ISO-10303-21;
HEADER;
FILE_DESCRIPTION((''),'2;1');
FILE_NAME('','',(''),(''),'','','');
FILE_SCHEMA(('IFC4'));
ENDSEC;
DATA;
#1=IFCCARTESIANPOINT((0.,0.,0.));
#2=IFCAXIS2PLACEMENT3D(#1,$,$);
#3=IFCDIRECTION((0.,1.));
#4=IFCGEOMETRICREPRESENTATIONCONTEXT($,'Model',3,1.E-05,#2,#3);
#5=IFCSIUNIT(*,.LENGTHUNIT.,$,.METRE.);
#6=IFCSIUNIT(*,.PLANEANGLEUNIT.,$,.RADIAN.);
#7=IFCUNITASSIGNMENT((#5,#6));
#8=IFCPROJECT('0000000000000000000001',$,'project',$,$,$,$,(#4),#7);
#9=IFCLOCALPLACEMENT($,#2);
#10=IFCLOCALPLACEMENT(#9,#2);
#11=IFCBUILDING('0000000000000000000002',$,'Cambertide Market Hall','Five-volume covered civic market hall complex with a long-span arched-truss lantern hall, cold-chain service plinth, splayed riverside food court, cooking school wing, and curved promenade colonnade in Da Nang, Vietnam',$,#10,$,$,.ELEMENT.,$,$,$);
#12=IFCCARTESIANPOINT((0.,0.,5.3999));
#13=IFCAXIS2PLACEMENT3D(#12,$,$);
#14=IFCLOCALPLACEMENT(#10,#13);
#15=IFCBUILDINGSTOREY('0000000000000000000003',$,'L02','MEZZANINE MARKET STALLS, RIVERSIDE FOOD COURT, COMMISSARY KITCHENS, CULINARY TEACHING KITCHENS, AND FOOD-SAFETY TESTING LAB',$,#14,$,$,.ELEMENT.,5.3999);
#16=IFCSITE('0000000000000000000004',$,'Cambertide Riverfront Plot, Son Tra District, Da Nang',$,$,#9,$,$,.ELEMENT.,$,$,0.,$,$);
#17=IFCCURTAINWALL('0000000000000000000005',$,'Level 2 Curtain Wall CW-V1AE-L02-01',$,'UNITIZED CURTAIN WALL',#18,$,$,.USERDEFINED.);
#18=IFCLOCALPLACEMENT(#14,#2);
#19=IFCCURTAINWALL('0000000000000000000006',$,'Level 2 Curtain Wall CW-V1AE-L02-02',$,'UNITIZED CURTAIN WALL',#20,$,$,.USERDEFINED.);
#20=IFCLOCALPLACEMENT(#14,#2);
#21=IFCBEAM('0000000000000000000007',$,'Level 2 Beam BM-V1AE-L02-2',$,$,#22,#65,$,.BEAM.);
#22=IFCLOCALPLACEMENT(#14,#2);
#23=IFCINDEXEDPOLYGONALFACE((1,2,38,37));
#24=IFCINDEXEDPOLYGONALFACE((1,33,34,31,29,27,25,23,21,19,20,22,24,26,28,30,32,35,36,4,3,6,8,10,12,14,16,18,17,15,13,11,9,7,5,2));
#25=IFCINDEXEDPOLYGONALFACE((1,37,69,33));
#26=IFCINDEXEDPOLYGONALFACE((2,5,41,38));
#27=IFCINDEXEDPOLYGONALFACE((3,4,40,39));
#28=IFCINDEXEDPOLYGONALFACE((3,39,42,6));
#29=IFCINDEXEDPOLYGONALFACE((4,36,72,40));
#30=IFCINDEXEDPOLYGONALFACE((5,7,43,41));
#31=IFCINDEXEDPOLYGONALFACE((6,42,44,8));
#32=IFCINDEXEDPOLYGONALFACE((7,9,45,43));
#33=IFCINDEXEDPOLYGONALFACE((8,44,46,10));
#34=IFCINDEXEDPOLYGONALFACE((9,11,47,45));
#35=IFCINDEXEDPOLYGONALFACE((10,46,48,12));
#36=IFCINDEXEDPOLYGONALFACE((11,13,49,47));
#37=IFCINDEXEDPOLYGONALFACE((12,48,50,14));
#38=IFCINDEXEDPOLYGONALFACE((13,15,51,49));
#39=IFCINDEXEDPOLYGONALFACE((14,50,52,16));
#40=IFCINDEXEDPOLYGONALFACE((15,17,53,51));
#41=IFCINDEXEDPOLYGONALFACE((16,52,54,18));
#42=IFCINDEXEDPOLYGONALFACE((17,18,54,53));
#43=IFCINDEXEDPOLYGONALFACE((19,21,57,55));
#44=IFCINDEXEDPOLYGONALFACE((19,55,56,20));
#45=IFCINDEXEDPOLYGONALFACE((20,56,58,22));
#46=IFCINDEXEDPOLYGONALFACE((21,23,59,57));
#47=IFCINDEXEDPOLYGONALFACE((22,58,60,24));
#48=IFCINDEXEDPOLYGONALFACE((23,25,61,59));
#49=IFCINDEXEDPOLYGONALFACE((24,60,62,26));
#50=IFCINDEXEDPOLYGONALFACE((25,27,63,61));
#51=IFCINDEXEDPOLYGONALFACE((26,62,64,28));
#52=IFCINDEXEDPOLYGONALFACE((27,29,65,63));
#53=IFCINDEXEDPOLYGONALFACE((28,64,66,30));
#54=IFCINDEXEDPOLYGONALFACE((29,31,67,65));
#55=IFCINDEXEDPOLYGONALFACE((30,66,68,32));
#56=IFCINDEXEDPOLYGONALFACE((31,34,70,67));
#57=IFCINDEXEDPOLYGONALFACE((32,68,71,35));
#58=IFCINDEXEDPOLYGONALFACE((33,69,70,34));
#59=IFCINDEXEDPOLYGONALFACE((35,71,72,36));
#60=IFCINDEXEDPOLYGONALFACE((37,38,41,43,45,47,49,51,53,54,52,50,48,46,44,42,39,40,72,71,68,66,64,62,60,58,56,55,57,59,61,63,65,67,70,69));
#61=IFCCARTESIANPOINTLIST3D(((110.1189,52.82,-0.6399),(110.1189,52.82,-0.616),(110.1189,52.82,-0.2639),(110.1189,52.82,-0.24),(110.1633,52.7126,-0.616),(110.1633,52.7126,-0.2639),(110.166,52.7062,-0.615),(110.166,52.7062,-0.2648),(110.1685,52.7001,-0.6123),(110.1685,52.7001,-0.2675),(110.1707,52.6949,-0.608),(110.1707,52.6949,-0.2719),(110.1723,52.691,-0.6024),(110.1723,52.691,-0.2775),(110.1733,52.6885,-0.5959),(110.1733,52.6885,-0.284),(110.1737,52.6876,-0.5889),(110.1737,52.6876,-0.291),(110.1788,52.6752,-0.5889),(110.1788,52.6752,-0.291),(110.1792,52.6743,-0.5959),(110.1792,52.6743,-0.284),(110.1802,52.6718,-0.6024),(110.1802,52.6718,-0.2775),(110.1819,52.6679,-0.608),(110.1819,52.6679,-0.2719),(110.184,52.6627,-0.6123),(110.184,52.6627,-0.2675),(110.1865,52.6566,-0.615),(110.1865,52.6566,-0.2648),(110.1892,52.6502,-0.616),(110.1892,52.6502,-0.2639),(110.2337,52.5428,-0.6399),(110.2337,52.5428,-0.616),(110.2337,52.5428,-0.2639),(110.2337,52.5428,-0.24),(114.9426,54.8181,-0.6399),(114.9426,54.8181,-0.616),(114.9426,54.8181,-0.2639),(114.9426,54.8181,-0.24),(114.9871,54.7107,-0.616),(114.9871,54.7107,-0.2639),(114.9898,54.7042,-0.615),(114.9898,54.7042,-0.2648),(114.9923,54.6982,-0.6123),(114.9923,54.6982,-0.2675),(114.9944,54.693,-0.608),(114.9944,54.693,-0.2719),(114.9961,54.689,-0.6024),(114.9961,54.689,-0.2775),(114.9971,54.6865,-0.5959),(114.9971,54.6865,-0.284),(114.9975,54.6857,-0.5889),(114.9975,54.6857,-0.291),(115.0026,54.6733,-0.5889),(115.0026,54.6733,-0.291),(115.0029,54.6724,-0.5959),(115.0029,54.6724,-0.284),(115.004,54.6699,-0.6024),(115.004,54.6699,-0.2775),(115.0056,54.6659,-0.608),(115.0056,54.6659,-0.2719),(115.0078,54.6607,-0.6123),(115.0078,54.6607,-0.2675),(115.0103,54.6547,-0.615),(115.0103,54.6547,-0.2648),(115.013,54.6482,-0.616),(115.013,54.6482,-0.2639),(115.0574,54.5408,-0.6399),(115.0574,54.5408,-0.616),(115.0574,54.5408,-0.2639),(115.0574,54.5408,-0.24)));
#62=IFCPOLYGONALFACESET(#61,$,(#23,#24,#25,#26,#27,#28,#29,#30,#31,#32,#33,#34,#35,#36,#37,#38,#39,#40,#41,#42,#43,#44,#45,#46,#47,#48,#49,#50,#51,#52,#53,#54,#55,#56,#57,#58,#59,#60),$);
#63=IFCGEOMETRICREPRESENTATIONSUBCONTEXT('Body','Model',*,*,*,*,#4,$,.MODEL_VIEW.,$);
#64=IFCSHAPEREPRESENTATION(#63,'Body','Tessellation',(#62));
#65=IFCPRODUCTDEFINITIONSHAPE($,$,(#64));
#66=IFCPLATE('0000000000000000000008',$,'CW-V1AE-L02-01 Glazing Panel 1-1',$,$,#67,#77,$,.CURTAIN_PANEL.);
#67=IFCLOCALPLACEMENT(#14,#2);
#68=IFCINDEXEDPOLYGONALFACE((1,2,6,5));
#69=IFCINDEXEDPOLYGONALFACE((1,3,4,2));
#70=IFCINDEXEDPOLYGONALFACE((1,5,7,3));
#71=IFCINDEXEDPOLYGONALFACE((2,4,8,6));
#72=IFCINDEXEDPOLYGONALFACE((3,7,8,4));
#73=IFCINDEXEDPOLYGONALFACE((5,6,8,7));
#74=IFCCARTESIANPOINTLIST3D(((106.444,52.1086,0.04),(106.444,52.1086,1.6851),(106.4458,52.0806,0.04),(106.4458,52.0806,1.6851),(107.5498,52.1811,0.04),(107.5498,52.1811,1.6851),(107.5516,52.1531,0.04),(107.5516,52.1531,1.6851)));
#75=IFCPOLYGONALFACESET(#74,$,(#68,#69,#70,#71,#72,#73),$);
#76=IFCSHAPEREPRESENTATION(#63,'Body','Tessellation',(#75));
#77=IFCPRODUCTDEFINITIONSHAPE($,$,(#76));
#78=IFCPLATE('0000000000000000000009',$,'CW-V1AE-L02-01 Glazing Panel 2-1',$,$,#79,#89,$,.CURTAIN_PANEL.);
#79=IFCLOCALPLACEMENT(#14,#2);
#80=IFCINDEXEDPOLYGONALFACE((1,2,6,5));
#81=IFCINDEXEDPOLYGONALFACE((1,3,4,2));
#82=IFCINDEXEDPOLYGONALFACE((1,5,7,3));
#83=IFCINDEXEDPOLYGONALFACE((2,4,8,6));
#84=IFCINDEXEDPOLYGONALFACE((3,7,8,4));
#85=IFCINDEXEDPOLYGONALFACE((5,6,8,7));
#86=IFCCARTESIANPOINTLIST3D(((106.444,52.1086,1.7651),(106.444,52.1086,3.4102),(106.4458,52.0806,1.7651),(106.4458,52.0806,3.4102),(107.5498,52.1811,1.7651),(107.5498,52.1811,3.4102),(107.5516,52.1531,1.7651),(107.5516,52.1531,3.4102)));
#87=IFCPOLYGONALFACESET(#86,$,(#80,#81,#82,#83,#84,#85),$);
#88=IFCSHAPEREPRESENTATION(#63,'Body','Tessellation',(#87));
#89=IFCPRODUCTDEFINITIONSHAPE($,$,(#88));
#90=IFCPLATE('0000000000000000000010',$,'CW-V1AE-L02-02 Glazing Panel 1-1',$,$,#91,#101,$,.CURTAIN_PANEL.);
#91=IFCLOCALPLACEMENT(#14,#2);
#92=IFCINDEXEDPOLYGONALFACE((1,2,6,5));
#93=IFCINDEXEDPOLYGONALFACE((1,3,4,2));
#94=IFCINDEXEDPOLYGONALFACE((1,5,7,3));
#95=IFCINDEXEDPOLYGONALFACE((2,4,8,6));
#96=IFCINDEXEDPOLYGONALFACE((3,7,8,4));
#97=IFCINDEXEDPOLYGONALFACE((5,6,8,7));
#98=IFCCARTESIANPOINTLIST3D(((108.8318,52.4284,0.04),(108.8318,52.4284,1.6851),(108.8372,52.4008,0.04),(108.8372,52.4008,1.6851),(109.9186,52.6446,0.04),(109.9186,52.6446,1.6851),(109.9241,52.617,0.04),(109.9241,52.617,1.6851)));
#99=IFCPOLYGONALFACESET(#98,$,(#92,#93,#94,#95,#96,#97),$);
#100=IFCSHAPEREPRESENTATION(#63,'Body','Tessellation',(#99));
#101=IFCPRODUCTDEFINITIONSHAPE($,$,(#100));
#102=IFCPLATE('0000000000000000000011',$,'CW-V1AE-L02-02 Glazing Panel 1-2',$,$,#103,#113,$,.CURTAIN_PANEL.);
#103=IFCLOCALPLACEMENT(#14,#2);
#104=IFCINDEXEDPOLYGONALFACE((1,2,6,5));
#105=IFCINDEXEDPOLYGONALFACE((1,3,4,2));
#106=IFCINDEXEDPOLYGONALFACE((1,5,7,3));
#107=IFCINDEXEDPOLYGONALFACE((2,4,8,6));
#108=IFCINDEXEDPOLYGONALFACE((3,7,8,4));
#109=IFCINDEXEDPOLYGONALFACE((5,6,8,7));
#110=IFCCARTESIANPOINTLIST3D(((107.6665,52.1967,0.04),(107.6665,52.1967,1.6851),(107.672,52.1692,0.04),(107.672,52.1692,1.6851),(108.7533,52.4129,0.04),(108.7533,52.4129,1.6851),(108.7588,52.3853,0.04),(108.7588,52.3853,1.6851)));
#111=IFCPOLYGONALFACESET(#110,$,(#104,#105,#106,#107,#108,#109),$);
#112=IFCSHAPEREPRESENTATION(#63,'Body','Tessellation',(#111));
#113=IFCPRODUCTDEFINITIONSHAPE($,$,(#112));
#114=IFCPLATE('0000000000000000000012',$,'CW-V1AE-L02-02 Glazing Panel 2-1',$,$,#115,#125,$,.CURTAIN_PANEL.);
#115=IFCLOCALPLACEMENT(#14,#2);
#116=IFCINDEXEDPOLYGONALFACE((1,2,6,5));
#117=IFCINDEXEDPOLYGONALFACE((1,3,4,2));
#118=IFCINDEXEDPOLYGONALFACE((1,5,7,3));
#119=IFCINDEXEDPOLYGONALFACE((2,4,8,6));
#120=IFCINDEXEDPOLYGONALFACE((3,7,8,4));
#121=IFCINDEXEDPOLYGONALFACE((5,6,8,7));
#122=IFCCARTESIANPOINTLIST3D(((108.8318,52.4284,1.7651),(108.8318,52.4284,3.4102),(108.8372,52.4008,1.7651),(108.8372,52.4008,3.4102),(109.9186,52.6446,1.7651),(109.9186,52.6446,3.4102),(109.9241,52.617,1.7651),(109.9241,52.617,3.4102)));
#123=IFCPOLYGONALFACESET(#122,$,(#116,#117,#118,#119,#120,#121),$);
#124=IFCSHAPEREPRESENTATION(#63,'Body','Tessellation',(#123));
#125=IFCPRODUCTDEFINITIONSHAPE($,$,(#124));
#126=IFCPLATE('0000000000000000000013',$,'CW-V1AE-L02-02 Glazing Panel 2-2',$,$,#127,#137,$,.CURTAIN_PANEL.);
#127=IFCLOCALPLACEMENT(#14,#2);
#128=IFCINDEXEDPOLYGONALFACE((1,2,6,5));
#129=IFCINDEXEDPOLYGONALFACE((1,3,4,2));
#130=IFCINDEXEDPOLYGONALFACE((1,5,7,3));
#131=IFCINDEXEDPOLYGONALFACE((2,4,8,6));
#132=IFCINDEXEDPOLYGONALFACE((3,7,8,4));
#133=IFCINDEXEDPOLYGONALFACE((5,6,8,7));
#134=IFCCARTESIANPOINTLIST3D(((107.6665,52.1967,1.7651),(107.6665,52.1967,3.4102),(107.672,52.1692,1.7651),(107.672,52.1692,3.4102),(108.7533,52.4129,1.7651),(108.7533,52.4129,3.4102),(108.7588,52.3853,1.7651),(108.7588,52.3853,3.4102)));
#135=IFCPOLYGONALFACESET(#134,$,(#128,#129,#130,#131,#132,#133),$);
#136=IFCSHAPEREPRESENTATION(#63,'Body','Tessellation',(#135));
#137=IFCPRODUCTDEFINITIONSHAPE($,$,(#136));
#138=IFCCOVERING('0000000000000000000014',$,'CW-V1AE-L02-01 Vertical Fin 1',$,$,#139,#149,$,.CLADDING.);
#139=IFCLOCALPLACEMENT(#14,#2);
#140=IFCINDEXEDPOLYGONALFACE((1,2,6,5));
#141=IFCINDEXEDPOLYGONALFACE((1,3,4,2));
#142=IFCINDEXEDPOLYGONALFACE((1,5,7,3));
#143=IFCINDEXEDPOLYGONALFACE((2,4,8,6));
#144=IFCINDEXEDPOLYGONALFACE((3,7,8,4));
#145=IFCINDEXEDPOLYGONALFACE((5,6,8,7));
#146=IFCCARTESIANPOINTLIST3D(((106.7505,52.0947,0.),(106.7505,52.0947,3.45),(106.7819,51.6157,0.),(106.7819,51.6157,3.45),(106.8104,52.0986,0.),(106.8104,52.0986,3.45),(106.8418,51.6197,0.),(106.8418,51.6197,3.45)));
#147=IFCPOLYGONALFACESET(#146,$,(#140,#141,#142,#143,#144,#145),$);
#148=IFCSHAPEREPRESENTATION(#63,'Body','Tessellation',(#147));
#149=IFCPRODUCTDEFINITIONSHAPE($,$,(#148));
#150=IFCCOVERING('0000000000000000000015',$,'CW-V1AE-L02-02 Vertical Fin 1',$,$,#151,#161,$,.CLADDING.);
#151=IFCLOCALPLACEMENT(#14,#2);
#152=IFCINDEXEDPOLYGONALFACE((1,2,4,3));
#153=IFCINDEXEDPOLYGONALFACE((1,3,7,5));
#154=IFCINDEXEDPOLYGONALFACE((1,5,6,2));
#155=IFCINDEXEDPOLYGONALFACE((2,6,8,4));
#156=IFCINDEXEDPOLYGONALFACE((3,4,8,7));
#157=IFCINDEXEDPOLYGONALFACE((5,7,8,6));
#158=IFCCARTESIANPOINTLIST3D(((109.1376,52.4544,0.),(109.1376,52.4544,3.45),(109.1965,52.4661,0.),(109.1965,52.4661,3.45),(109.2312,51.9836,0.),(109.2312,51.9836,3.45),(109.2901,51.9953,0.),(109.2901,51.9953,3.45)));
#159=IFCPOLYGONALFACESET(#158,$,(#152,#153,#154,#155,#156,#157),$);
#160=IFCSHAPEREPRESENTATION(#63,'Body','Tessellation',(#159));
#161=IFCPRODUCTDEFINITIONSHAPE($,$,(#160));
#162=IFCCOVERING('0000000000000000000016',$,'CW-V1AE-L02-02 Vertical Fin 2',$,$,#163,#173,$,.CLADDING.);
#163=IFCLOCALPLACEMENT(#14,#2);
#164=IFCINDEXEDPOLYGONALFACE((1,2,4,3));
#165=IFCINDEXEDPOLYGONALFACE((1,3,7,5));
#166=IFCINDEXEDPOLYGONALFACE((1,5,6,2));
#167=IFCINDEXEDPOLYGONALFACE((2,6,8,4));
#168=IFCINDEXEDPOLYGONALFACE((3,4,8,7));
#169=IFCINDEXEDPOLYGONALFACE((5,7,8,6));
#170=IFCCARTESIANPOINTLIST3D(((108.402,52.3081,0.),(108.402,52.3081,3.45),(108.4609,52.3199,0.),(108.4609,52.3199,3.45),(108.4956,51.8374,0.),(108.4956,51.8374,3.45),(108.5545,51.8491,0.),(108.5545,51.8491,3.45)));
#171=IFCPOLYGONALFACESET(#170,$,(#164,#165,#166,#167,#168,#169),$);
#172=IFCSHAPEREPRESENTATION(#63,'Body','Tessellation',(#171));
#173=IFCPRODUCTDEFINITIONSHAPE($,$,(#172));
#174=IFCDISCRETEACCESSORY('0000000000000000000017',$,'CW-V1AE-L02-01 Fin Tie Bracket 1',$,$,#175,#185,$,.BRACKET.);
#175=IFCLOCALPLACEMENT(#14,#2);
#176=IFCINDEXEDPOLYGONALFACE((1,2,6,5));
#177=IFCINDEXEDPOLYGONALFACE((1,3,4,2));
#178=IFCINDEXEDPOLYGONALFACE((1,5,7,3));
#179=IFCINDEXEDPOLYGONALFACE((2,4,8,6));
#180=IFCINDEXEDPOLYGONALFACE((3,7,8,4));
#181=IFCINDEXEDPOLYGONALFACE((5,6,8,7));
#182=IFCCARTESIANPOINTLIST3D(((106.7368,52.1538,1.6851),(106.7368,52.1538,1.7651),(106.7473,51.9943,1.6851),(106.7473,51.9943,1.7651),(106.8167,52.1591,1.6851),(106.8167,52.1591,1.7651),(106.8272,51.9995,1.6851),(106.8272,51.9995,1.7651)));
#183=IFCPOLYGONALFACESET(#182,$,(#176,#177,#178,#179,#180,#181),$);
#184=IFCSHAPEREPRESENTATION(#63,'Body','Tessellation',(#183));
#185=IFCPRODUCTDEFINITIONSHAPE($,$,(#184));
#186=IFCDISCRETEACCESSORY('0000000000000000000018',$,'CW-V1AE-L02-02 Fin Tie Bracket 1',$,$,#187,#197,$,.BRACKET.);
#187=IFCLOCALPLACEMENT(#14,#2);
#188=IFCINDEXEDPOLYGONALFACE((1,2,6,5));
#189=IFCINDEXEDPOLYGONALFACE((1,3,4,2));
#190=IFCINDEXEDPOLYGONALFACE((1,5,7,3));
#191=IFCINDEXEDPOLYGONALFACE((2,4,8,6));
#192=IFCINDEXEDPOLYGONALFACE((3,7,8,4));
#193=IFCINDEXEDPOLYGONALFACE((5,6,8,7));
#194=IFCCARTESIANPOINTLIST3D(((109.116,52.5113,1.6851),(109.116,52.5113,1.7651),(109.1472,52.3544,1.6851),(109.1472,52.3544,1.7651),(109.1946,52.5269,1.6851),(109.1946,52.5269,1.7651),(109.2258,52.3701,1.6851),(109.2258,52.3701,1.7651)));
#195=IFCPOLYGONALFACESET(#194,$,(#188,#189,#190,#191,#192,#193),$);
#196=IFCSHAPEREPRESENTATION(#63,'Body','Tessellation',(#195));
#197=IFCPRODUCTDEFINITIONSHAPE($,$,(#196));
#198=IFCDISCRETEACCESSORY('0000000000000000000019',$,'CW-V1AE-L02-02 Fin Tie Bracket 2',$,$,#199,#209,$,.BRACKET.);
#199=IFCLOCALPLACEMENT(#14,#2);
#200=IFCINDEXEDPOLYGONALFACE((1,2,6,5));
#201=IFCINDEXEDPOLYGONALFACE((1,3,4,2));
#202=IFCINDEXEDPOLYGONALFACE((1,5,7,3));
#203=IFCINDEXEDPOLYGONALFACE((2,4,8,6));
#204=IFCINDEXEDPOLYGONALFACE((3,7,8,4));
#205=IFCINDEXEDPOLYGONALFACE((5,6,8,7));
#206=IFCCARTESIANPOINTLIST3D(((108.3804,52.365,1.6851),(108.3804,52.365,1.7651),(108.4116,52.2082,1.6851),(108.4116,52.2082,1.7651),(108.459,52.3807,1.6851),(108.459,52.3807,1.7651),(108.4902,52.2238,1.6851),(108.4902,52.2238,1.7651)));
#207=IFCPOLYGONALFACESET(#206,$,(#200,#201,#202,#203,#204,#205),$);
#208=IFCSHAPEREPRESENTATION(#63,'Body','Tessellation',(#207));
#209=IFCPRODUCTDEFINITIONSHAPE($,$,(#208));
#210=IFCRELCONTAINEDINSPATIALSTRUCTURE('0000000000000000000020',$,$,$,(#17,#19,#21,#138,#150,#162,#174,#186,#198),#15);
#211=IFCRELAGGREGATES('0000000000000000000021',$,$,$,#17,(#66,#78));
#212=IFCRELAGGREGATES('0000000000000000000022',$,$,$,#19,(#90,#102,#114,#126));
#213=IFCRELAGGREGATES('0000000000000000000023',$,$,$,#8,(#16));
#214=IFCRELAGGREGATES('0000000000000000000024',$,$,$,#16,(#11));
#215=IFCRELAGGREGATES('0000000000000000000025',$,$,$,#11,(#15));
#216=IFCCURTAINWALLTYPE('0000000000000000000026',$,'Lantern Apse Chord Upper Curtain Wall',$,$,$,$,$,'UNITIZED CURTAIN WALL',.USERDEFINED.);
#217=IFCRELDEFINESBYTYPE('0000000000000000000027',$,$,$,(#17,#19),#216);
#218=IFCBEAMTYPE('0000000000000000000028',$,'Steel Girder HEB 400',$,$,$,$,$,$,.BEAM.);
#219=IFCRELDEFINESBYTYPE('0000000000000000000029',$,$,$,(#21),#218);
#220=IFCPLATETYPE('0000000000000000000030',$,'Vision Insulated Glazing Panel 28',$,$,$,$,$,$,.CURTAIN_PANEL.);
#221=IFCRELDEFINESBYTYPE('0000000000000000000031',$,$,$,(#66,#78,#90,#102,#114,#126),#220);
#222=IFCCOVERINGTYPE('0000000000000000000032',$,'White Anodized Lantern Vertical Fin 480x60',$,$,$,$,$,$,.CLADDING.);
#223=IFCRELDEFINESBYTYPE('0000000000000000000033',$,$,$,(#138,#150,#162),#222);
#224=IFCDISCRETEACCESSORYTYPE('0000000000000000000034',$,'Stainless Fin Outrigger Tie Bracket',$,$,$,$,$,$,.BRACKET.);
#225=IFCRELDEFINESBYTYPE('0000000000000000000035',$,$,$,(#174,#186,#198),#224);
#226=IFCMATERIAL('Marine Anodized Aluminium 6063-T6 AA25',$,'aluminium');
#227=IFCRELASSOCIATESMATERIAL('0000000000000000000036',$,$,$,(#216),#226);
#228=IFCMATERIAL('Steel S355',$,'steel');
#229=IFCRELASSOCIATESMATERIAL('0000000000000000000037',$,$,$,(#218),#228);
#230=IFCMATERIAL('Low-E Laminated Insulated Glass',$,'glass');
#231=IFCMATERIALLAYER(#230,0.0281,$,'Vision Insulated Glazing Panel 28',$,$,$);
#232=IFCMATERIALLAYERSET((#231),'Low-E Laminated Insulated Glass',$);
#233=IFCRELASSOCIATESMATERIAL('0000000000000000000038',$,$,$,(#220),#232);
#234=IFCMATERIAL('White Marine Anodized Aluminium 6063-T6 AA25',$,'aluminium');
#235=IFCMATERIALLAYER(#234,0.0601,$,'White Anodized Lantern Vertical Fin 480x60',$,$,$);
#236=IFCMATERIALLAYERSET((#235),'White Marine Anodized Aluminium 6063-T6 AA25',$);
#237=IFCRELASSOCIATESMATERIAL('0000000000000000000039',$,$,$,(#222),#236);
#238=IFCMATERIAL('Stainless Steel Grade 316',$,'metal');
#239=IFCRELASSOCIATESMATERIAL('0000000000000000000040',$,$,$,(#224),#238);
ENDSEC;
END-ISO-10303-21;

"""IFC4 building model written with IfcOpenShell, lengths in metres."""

from ifc_helpers import new_model, si_unit, direction, frame, origin, origin_2d, place, context, subcontext, project, spatial, rectangle, i_section, extrude, material, layer, layer_set, material_profile, profile_set, type_object, element, aggregate, save


model = new_model("IFC4")

# Units and contexts
model_context = context("Model", 3, precision=1e-05, world=origin(), true_north=direction((0.0, 1.0)))
body_context = subcontext(model_context, "Body", "Model", "MODEL_VIEW")
ifc_project = project(units=[si_unit("LENGTHUNIT", "METRE"), si_unit("PLANEANGLEUNIT", "RADIAN")], contexts=[model_context])

# Site, building, storey
site_placement = place(None, origin())
site = spatial("IfcSite", under=ifc_project, at=site_placement, Name="Cambertide Riverfront Plot, Son Tra District, Da Nang", CompositionType="ELEMENT", RefElevation=0.0)
building_placement = place(site_placement, origin())
building = spatial("IfcBuilding", under=site, at=building_placement, Name="Cambertide Market Hall", Description="Five-volume covered civic market hall complex with a long-span arched-truss lantern hall, cold-chain service plinth, splayed riverside food court, cooking school wing, and curved promenade colonnade in Da Nang, Vietnam", CompositionType="ELEMENT")
storey_placement = place(building_placement, frame((0.0, 0.0, 5.3999)))
storey = spatial("IfcBuildingStorey", under=building, at=storey_placement, Name="L02", Description="MEZZANINE MARKET STALLS, RIVERSIDE FOOD COURT, COMMISSARY KITCHENS, CULINARY TEACHING KITCHENS, AND FOOD-SAFETY TESTING LAB", CompositionType="ELEMENT", Elevation=5.3999)

# Curtain wall
ifc_material_1 = material(Name="Marine Anodized Aluminium 6063-T6 AA25", Category="aluminium")
curtain_wall_type = type_object("IfcCurtainWallType", Name="Lantern Apse Chord Upper Curtain Wall", ElementType="UNITIZED CURTAIN WALL", PredefinedType="USERDEFINED", material=ifc_material_1)
curtain_wall_1_placement = place(storey_placement, origin())
curtain_wall_1 = element("IfcCurtainWall", 1, at=curtain_wall_1_placement, inside=storey, type_object=curtain_wall_type, Name="Level 2 Curtain Wall CW-V1AE-L02-01", ObjectType="UNITIZED CURTAIN WALL", PredefinedType="USERDEFINED")

# Curtain wall
curtain_wall_2_placement = place(storey_placement, origin())
curtain_wall_2 = element("IfcCurtainWall", 2, at=curtain_wall_2_placement, inside=storey, type_object=curtain_wall_type, Name="Level 2 Curtain Wall CW-V1AE-L02-02", ObjectType="UNITIZED CURTAIN WALL", PredefinedType="USERDEFINED")

# Beam
ifc_material_2 = material(Name="Steel S355", Category="steel")
ifc_material_profile_1 = material_profile(ifc_material_2, i_section(OverallWidth=0.3, OverallDepth=0.3999, WebThickness=0.0134, FlangeThickness=0.0239, FilletRadius=0.0271, at=origin_2d()), Name="HEB 400")
ifc_profile_set_1 = profile_set([ifc_material_profile_1], Name="Steel S355")
beam_type_1 = type_object("IfcBeamType", Name="Steel Girder HEB 400", PredefinedType="BEAM", material=ifc_profile_set_1)
beam_1_placement = place(storey_placement, frame((110.1763, 52.6814, -0.4399), z_axis=(0.92388, 0.382682, 0.0), x_axis=(-0.382682, 0.92388, 0.0)))
element("IfcBeam", 3, at=beam_1_placement, inside=storey, type_object=beam_type_1, Name="Level 2 Beam BM-V1AE-L02-2", PredefinedType="BEAM", context=body_context, shape_type="SweptSolid", body=[
    extrude(i_section(OverallWidth=0.3, OverallDepth=0.3999, WebThickness=0.0134, FlangeThickness=0.0239, FilletRadius=0.0271, at=origin_2d()), origin(), (0.0, 0.0, 1.0), 5.2212),
])

# Plates
ifc_material_3 = material(Name="Low-E Laminated Insulated Glass", Category="glass")
ifc_layer_1 = layer(ifc_material_3, 0.0281, Name="Vision Insulated Glazing Panel 28")
ifc_layer_set_1 = layer_set([ifc_layer_1], Name="Low-E Laminated Insulated Glass")
plate_type = type_object("IfcPlateType", Name="Vision Insulated Glazing Panel 28", PredefinedType="CURTAIN_PANEL", material=ifc_layer_set_1)
plate_1_placement = place(storey_placement, frame((106.9978, 52.1309, 0.04), z_axis=(0.0, 0.0, 1.0), x_axis=(-0.997859, -0.065403, 0.0)))
plate_1 = element("IfcPlate", 4, at=plate_1_placement, type_object=plate_type, Name="CW-V1AE-L02-01 Glazing Panel 1-1", PredefinedType="CURTAIN_PANEL", context=body_context, shape_type="SweptSolid", body=[
    extrude(rectangle(XDim=1.1082, YDim=0.0281, at=origin_2d()), origin(), (0.0, 0.0, 1.0), 1.645),
])
plate_2_placement = place(storey_placement, frame((106.9978, 52.1309, 1.7651), z_axis=(0.0, 0.0, 1.0), x_axis=(-0.997859, -0.065403, 0.0)))
plate_2 = element("IfcPlate", 5, at=plate_2_placement, type_object=plate_type, Name="CW-V1AE-L02-01 Glazing Panel 2-1", PredefinedType="CURTAIN_PANEL", context=body_context, shape_type="SweptSolid", body=[
    extrude(rectangle(XDim=1.1082, YDim=0.0281, at=origin_2d()), origin(), (0.0, 0.0, 1.0), 1.645),
])
aggregate(curtain_wall_1, [plate_1, plate_2])
plate_3_placement = place(storey_placement, frame((109.3779, 52.5227, 0.04), z_axis=(0.0, 0.0, 1.0), x_axis=(-0.980785, -0.19509, 0.0)))
plate_3 = element("IfcPlate", 6, at=plate_3_placement, type_object=plate_type, Name="CW-V1AE-L02-02 Glazing Panel 1-1", PredefinedType="CURTAIN_PANEL", context=body_context, shape_type="SweptSolid", body=[
    extrude(rectangle(XDim=1.1082, YDim=0.0281, at=origin_2d()), origin(), (0.0, 0.0, 1.0), 1.645),
])
plate_4_placement = place(storey_placement, frame((108.2126, 52.291, 0.04), z_axis=(0.0, 0.0, 1.0), x_axis=(-0.980785, -0.19509, 0.0)))
plate_4 = element("IfcPlate", 7, at=plate_4_placement, type_object=plate_type, Name="CW-V1AE-L02-02 Glazing Panel 1-2", PredefinedType="CURTAIN_PANEL", context=body_context, shape_type="SweptSolid", body=[
    extrude(rectangle(XDim=1.1082, YDim=0.0281, at=origin_2d()), origin(), (0.0, 0.0, 1.0), 1.645),
])
plate_5_placement = place(storey_placement, frame((109.3779, 52.5227, 1.7651), z_axis=(0.0, 0.0, 1.0), x_axis=(-0.980785, -0.19509, 0.0)))
plate_5 = element("IfcPlate", 8, at=plate_5_placement, type_object=plate_type, Name="CW-V1AE-L02-02 Glazing Panel 2-1", PredefinedType="CURTAIN_PANEL", context=body_context, shape_type="SweptSolid", body=[
    extrude(rectangle(XDim=1.1082, YDim=0.0281, at=origin_2d()), origin(), (0.0, 0.0, 1.0), 1.645),
])
plate_6_placement = place(storey_placement, frame((108.2126, 52.291, 1.7651), z_axis=(0.0, 0.0, 1.0), x_axis=(-0.980785, -0.19509, 0.0)))
plate_6 = element("IfcPlate", 9, at=plate_6_placement, type_object=plate_type, Name="CW-V1AE-L02-02 Glazing Panel 2-2", PredefinedType="CURTAIN_PANEL", context=body_context, shape_type="SweptSolid", body=[
    extrude(rectangle(XDim=1.1082, YDim=0.0281, at=origin_2d()), origin(), (0.0, 0.0, 1.0), 1.645),
])
aggregate(curtain_wall_2, [plate_3, plate_4, plate_5, plate_6])

# Coverings
ifc_material_4 = material(Name="White Marine Anodized Aluminium 6063-T6 AA25", Category="aluminium")
ifc_layer_2 = layer(ifc_material_4, 0.0601, Name="White Anodized Lantern Vertical Fin 480x60")
ifc_layer_set_2 = layer_set([ifc_layer_2], Name="White Marine Anodized Aluminium 6063-T6 AA25")
covering_type = type_object("IfcCoveringType", Name="White Anodized Lantern Vertical Fin 480x60", PredefinedType="CLADDING", material=ifc_layer_set_2)
for number, where, z_axis, x_axis, name in (
    (10, (106.7961, 51.8572, 0.0), (0.0, 0.0, 1.0), (-0.997859, -0.065403, 0.0), "CW-V1AE-L02-01 Vertical Fin 1"),
    (11, (109.2139, 52.2249, 0.0), (0.0, 0.0, 1.0), (-0.980785, -0.19509, 0.0), "CW-V1AE-L02-02 Vertical Fin 1"),
    (12, (108.4783, 52.0786, 0.0), (0.0, 0.0, 1.0), (-0.980785, -0.19509, 0.0), "CW-V1AE-L02-02 Vertical Fin 2"),
):
    element("IfcCovering", number, at=place(storey_placement, frame(where, z_axis=z_axis, x_axis=x_axis)), inside=storey, type_object=covering_type, Name=name, PredefinedType="CLADDING", context=body_context, shape_type="SweptSolid", body=[
        extrude(rectangle(XDim=0.0601, YDim=0.48, at=origin_2d()), origin(), (0.0, 0.0, 1.0), 3.45),
    ])

# Discrete accessories
ifc_material_5 = material(Name="Stainless Steel Grade 316", Category="metal")
discrete_accessory_type = type_object("IfcDiscreteAccessoryType", Name="Stainless Fin Outrigger Tie Bracket", PredefinedType="BRACKET", material=ifc_material_5)
for number, where, z_axis, x_axis, name in (
    (13, (106.782, 52.0767, 1.6851), (0.0, 0.0, 1.0), (-0.997859, -0.065403, 0.0), "CW-V1AE-L02-01 Fin Tie Bracket 1"),
    (14, (109.1709, 52.4407, 1.6851), (0.0, 0.0, 1.0), (-0.980785, -0.19509, 0.0), "CW-V1AE-L02-02 Fin Tie Bracket 1"),
    (15, (108.4353, 52.2944, 1.6851), (0.0, 0.0, 1.0), (-0.980785, -0.19509, 0.0), "CW-V1AE-L02-02 Fin Tie Bracket 2"),
):
    element("IfcDiscreteAccessory", number, at=place(storey_placement, frame(where, z_axis=z_axis, x_axis=x_axis)), inside=storey, type_object=discrete_accessory_type, Name=name, PredefinedType="BRACKET", context=body_context, shape_type="SweptSolid", body=[
        extrude(rectangle(XDim=0.0801, YDim=0.1599, at=origin_2d()), origin(), (0.0, 0.0, 1.0), 0.0801),
    ])

save(model, "model.ifc")
